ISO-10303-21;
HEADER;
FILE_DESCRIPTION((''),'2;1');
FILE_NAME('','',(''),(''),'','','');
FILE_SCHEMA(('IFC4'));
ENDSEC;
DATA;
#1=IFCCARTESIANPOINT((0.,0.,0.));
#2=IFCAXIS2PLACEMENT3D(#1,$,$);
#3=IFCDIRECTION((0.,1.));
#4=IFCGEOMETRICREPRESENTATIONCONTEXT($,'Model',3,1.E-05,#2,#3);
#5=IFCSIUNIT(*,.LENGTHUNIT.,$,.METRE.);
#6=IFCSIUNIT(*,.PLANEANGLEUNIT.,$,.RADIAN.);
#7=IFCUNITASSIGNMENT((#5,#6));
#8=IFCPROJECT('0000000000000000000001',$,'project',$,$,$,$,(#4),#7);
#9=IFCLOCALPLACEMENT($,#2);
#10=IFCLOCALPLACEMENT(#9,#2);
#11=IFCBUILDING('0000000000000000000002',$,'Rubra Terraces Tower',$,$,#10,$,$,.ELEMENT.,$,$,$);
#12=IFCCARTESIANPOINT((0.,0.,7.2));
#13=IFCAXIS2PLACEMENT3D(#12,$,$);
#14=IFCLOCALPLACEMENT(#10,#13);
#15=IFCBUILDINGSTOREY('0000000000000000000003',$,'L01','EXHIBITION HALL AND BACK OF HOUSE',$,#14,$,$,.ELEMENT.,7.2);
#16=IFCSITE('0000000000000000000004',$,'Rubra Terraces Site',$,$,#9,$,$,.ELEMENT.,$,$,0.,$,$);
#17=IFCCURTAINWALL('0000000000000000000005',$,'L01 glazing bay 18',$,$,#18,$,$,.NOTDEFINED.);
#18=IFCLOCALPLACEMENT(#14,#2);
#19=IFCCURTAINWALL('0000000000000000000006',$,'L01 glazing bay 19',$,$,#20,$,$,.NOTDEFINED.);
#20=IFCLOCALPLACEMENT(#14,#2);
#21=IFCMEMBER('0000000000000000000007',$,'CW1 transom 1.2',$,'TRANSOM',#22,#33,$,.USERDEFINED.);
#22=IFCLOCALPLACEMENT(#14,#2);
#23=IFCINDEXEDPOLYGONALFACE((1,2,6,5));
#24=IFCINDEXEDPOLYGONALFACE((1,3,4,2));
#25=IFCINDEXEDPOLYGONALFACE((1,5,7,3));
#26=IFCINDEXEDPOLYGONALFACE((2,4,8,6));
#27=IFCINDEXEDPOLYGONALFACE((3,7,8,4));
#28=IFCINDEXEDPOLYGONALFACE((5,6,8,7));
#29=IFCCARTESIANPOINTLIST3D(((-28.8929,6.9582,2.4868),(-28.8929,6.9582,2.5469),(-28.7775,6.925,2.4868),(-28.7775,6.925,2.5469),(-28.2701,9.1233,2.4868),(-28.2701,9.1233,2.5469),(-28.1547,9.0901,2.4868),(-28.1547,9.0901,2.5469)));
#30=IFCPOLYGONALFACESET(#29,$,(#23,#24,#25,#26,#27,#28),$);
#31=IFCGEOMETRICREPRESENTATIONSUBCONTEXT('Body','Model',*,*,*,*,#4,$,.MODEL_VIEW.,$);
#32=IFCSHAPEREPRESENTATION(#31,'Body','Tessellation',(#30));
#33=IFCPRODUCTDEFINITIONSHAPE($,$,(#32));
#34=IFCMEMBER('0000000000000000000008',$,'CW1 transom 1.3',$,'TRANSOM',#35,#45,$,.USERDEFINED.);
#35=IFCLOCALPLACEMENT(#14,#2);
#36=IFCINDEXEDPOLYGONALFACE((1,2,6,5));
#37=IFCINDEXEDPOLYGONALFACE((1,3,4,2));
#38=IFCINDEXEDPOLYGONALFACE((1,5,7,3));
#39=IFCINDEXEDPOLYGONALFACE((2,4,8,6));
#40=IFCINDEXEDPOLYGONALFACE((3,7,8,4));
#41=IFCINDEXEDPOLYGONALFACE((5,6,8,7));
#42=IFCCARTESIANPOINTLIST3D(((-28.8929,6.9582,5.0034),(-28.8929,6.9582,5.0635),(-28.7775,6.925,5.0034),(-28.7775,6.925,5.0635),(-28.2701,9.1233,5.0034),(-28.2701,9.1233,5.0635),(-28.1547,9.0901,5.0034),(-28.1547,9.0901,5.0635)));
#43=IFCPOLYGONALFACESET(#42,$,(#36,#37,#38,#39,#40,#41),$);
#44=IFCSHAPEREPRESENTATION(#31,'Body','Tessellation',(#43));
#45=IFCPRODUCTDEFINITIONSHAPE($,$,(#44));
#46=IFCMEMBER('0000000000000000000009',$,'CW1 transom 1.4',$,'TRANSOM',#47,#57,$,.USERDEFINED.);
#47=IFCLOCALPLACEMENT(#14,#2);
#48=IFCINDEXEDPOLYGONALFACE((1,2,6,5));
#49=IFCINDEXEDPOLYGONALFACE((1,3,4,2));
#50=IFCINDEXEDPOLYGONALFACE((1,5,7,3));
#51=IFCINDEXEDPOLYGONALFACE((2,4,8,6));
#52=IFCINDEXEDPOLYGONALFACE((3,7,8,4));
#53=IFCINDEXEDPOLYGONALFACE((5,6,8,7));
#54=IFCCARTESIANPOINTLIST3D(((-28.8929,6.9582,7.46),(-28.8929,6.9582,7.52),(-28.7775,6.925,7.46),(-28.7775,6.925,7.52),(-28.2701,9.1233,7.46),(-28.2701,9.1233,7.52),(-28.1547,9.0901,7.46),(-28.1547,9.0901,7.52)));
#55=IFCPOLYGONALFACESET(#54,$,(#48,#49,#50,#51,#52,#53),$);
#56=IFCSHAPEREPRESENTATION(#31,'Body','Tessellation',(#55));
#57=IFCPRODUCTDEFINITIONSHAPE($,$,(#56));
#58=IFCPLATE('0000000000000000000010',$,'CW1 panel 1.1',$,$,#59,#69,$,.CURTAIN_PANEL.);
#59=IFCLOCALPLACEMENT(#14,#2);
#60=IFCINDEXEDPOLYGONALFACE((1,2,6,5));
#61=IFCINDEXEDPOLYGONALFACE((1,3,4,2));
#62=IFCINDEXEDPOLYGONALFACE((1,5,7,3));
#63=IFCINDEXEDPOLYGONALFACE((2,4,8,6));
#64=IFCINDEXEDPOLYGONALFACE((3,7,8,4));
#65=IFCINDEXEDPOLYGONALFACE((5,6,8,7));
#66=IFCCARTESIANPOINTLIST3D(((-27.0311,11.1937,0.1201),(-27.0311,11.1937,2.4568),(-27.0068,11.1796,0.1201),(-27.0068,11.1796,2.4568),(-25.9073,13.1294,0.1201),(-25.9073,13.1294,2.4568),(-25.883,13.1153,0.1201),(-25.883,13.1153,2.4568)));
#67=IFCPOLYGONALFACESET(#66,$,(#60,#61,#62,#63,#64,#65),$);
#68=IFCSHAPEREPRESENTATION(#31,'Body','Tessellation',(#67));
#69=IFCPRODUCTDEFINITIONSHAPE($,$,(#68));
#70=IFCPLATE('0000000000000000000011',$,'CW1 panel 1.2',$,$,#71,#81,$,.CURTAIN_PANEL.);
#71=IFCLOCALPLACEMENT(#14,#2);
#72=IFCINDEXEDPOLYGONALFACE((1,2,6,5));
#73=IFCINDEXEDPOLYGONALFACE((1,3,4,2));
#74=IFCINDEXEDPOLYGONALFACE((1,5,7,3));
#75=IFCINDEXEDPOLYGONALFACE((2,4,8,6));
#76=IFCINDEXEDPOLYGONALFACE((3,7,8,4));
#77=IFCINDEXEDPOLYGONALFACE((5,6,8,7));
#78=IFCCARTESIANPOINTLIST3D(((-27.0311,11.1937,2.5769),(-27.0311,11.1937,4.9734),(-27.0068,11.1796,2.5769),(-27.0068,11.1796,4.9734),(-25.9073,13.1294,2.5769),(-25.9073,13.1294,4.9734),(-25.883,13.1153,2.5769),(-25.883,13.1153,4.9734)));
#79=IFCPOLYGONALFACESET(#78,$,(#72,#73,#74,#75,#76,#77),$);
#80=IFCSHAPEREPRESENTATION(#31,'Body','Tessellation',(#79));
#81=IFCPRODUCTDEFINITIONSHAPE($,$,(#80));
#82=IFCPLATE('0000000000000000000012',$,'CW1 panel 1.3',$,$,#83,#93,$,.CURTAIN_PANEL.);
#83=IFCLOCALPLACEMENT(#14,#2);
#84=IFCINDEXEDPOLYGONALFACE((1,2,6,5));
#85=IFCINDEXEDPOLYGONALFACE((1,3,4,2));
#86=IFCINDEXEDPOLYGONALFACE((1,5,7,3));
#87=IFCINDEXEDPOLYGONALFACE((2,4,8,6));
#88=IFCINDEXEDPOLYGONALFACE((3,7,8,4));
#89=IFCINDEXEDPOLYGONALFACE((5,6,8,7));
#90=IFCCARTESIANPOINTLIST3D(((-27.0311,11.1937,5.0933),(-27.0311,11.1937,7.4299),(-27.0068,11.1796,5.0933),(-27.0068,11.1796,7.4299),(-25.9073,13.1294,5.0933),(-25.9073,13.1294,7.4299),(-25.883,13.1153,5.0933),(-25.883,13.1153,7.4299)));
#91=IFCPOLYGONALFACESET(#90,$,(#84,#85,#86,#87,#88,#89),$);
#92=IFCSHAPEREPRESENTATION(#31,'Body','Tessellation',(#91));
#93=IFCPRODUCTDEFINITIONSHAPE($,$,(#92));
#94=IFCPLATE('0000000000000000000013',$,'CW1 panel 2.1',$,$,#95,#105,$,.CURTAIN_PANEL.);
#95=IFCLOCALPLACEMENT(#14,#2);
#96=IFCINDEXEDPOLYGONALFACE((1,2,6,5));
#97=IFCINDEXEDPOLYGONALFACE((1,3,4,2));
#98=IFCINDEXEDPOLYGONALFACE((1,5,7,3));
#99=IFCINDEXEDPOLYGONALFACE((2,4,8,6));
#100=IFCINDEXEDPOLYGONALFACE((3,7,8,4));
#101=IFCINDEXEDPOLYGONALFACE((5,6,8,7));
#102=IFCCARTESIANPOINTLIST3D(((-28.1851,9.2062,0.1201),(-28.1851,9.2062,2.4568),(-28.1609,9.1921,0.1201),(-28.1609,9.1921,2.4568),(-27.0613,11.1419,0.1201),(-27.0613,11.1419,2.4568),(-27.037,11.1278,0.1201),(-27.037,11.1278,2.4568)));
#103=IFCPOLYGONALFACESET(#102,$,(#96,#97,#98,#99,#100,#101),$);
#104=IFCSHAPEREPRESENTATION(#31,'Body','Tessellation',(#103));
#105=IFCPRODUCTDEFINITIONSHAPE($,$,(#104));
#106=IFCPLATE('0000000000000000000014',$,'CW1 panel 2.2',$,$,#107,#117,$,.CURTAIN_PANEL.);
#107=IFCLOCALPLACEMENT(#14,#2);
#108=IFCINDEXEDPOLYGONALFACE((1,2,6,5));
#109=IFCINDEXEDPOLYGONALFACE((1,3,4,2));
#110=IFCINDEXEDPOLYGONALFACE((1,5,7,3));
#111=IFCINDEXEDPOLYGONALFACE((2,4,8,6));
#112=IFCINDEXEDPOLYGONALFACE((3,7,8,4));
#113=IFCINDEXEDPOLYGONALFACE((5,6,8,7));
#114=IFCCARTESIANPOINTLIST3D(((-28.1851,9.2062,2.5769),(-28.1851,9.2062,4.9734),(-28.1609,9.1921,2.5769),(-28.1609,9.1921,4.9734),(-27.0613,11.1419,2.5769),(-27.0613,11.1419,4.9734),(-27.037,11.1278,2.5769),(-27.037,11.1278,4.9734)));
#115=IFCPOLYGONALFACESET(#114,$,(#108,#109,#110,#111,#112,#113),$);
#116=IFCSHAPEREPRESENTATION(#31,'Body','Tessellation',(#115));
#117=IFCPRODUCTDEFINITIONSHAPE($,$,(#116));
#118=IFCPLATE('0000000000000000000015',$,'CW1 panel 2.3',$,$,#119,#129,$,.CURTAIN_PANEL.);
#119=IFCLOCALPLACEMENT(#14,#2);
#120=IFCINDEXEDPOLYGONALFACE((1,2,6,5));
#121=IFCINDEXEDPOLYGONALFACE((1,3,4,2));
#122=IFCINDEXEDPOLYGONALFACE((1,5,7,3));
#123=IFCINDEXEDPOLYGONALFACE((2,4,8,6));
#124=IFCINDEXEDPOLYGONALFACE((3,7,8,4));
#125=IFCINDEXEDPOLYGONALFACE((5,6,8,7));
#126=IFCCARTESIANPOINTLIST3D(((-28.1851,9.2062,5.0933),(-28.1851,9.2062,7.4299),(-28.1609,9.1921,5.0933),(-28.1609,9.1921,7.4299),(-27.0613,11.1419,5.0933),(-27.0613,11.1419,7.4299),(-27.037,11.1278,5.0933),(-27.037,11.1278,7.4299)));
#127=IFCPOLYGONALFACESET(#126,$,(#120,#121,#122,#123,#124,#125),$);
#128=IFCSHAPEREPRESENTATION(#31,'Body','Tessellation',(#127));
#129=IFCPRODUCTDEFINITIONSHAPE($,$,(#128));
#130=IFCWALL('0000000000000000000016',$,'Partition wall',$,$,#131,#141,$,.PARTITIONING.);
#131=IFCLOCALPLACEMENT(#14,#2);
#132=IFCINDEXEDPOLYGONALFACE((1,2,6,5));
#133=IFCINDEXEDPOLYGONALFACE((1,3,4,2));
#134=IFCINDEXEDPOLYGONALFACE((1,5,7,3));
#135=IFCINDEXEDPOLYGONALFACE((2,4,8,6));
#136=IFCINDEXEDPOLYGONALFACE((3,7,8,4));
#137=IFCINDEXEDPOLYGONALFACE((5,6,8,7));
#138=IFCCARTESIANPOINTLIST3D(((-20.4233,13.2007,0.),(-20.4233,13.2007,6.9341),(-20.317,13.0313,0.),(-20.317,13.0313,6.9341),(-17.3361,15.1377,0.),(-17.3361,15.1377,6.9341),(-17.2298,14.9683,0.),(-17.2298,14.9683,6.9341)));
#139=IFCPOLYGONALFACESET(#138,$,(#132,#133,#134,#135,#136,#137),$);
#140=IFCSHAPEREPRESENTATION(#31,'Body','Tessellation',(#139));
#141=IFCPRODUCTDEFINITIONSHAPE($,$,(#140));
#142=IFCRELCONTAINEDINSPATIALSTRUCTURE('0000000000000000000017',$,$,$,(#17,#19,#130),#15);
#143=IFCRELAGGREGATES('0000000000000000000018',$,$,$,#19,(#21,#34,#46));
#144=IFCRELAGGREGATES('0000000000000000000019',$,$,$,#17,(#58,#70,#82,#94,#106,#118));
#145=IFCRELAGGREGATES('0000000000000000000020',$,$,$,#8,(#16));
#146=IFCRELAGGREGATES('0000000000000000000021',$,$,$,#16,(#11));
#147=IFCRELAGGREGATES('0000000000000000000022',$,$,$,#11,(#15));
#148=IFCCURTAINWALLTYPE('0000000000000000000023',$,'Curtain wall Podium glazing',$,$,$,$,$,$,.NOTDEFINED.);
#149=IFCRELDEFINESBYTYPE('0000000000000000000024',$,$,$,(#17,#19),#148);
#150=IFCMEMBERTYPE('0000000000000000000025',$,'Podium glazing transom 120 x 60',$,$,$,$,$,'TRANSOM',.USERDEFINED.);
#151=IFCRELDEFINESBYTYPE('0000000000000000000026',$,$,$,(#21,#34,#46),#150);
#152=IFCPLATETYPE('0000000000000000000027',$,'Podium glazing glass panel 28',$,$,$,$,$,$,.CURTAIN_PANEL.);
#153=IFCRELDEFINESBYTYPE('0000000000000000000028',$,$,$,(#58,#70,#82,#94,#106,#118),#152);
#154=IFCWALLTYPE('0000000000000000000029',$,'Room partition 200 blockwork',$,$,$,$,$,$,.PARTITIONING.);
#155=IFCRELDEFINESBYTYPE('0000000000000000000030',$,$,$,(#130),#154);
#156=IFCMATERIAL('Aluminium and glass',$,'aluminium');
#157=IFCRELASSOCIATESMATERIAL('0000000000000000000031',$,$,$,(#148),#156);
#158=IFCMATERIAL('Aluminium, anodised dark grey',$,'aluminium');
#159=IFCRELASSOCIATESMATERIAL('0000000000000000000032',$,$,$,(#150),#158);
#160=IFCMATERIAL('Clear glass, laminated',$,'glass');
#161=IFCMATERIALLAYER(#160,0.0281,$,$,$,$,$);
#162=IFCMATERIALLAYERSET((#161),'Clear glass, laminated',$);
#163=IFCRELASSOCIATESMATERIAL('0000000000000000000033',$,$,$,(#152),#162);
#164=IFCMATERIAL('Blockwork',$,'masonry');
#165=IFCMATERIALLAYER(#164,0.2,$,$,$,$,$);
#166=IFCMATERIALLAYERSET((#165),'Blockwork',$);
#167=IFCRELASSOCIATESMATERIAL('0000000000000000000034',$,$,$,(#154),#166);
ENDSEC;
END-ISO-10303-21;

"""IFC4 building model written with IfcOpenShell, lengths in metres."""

from ifc_helpers import new_model, si_unit, direction, frame, frame_2d, origin, origin_2d, place, context, subcontext, project, spatial, rectangle, extrude, material, layer, layer_set, material_profile, profile_set, type_object, element, aggregate, save


model = new_model("IFC4")

# Units and contexts
model_context = context("Model", 3, precision=1e-05, world=origin(), true_north=direction((0.0, 1.0)))
body_context = subcontext(model_context, "Body", "Model", "MODEL_VIEW")
ifc_project = project(units=[si_unit("LENGTHUNIT", "METRE"), si_unit("PLANEANGLEUNIT", "RADIAN")], contexts=[model_context])

# Site, building, storey
site_placement = place(None, origin())
site = spatial("IfcSite", under=ifc_project, at=site_placement, Name="Rubra Terraces Site", CompositionType="ELEMENT", RefElevation=0.0)
building_placement = place(site_placement, origin())
building = spatial("IfcBuilding", under=site, at=building_placement, Name="Rubra Terraces Tower", CompositionType="ELEMENT")
storey_placement = place(building_placement, frame((0.0, 0.0, 7.2)))
storey = spatial("IfcBuildingStorey", under=building, at=storey_placement, Name="L01", Description="EXHIBITION HALL AND BACK OF HOUSE", CompositionType="ELEMENT", Elevation=7.2)

# Curtain walls
ifc_material_1 = material(Name="Aluminium and glass", Category="aluminium")
curtain_wall_type = type_object("IfcCurtainWallType", Name="Curtain wall Podium glazing", PredefinedType="NOTDEFINED", material=ifc_material_1)
curtain_wall_1_placement = place(storey_placement, origin())
curtain_wall_1 = element("IfcCurtainWall", 1, at=curtain_wall_1_placement, inside=storey, type_object=curtain_wall_type, Name="L01 glazing bay 18", PredefinedType="NOTDEFINED")
ifc_material_2 = material(Name="Aluminium, anodised dark grey", Category="aluminium")
curtain_wall_2_placement = place(storey_placement, origin())
curtain_wall_2 = element("IfcCurtainWall", 2, at=curtain_wall_2_placement, inside=storey, type_object=curtain_wall_type, Name="L01 glazing bay 19", PredefinedType="NOTDEFINED")

# Members
ifc_material_profile_1 = material_profile(ifc_material_2, rectangle(XDim=0.1201, YDim=0.0601, at=origin_2d()), Name="AL 120x60")
ifc_profile_set_1 = profile_set([ifc_material_profile_1], Name="Aluminium, anodised dark grey")
member_type_1 = type_object("IfcMemberType", Name="Podium glazing transom 120 x 60", ElementType="TRANSOM", PredefinedType="USERDEFINED", material=ifc_profile_set_1)
member_1_placement = place(storey_placement, frame((-28.2124, 9.1067, 2.5168), z_axis=(-0.276453, -0.961028, 0.0), x_axis=(0.961028, -0.276453, 0.0)))
member_1 = element("IfcMember", 3, at=member_1_placement, type_object=member_type_1, Name="CW1 transom 1.2", ObjectType="TRANSOM", PredefinedType="USERDEFINED", context=body_context, shape_type="SweptSolid", body=[
    extrude(rectangle(XDim=0.1201, YDim=0.0601, at=origin_2d()), origin(), (0.0, 0.0, 1.0), 2.2529),
])
member_2_placement = place(storey_placement, frame((-28.2124, 9.1067, 5.0334), z_axis=(-0.276453, -0.961028, 0.0), x_axis=(0.961028, -0.276453, 0.0)))
member_2 = element("IfcMember", 4, at=member_2_placement, type_object=member_type_1, Name="CW1 transom 1.3", ObjectType="TRANSOM", PredefinedType="USERDEFINED", context=body_context, shape_type="SweptSolid", body=[
    extrude(rectangle(XDim=0.1201, YDim=0.0601, at=origin_2d()), origin(), (0.0, 0.0, 1.0), 2.2529),
])
member_3_placement = place(storey_placement, frame((-28.2124, 9.1067, 7.49), z_axis=(-0.276453, -0.961028, 0.0), x_axis=(0.961028, -0.276453, 0.0)))
member_3 = element("IfcMember", 5, at=member_3_placement, type_object=member_type_1, Name="CW1 transom 1.4", ObjectType="TRANSOM", PredefinedType="USERDEFINED", context=body_context, shape_type="SweptSolid", body=[
    extrude(rectangle(XDim=0.1201, YDim=0.0601, at=origin_2d()), origin(), (0.0, 0.0, 1.0), 2.2529),
])
aggregate(curtain_wall_2, [member_1, member_2, member_3])

# Plates
ifc_material_3 = material(Name="Clear glass, laminated", Category="glass")
ifc_layer_1 = layer(ifc_material_3, 0.0281)
ifc_layer_set_1 = layer_set([ifc_layer_1], Name="Clear glass, laminated")
plate_type = type_object("IfcPlateType", Name="Podium glazing glass panel 28", PredefinedType="CURTAIN_PANEL", material=ifc_layer_set_1)
plate_1_placement = place(storey_placement, frame((-26.457, 12.1545, 0.1201), z_axis=(0.0, 0.0, 1.0), x_axis=(-0.502094, -0.864813, 0.0)))
plate_1 = element("IfcPlate", 6, at=plate_1_placement, type_object=plate_type, Name="CW1 panel 1.1", PredefinedType="CURTAIN_PANEL", context=body_context, shape_type="SweptSolid", body=[
    extrude(rectangle(XDim=2.2383, YDim=0.0281, at=origin_2d()), origin(), (0.0, 0.0, 1.0), 2.3367),
])
plate_2_placement = place(storey_placement, frame((-26.457, 12.1545, 2.5769), z_axis=(0.0, 0.0, 1.0), x_axis=(-0.502094, -0.864813, 0.0)))
plate_2 = element("IfcPlate", 7, at=plate_2_placement, type_object=plate_type, Name="CW1 panel 1.2", PredefinedType="CURTAIN_PANEL", context=body_context, shape_type="SweptSolid", body=[
    extrude(rectangle(XDim=2.2383, YDim=0.0281, at=origin_2d()), origin(), (0.0, 0.0, 1.0), 2.3965),
])
plate_3_placement = place(storey_placement, frame((-26.457, 12.1545, 5.0933), z_axis=(0.0, 0.0, 1.0), x_axis=(-0.502094, -0.864813, 0.0)))
plate_3 = element("IfcPlate", 8, at=plate_3_placement, type_object=plate_type, Name="CW1 panel 1.3", PredefinedType="CURTAIN_PANEL", context=body_context, shape_type="SweptSolid", body=[
    extrude(rectangle(XDim=2.2383, YDim=0.0281, at=origin_2d()), origin(), (0.0, 0.0, 1.0), 2.3367),
])
plate_4_placement = place(storey_placement, frame((-27.6111, 10.167, 0.1201), z_axis=(0.0, 0.0, 1.0), x_axis=(-0.502094, -0.864813, 0.0)))
plate_4 = element("IfcPlate", 9, at=plate_4_placement, type_object=plate_type, Name="CW1 panel 2.1", PredefinedType="CURTAIN_PANEL", context=body_context, shape_type="SweptSolid", body=[
    extrude(rectangle(XDim=2.2383, YDim=0.0281, at=origin_2d()), origin(), (0.0, 0.0, 1.0), 2.3367),
])
plate_5_placement = place(storey_placement, frame((-27.6111, 10.167, 2.5769), z_axis=(0.0, 0.0, 1.0), x_axis=(-0.502094, -0.864813, 0.0)))
plate_5 = element("IfcPlate", 10, at=plate_5_placement, type_object=plate_type, Name="CW1 panel 2.2", PredefinedType="CURTAIN_PANEL", context=body_context, shape_type="SweptSolid", body=[
    extrude(rectangle(XDim=2.2383, YDim=0.0281, at=origin_2d()), origin(), (0.0, 0.0, 1.0), 2.3965),
])
plate_6_placement = place(storey_placement, frame((-27.6111, 10.167, 5.0933), z_axis=(0.0, 0.0, 1.0), x_axis=(-0.502094, -0.864813, 0.0)))
plate_6 = element("IfcPlate", 11, at=plate_6_placement, type_object=plate_type, Name="CW1 panel 2.3", PredefinedType="CURTAIN_PANEL", context=body_context, shape_type="SweptSolid", body=[
    extrude(rectangle(XDim=2.2383, YDim=0.0281, at=origin_2d()), origin(), (0.0, 0.0, 1.0), 2.3367),
])
aggregate(curtain_wall_1, [plate_1, plate_2, plate_3, plate_4, plate_5, plate_6])

# Wall
ifc_material_4 = material(Name="Blockwork", Category="masonry")
ifc_layer_2 = layer(ifc_material_4, 0.2)
ifc_layer_set_2 = layer_set([ifc_layer_2], Name="Blockwork")
wall_type = type_object("IfcWallType", Name="Room partition 200 blockwork", PredefinedType="PARTITIONING", material=ifc_layer_set_2)
wall_placement = place(storey_placement, frame((-20.3701, 13.116, 0.0), z_axis=(0.0, 0.0, 1.0), x_axis=(0.847067, 0.531485, 0.0)))
element("IfcWall", 12, at=wall_placement, inside=storey, type_object=wall_type, Name="Partition wall", PredefinedType="PARTITIONING", context=body_context, shape_type="SweptSolid", body=[
    extrude(rectangle(XDim=3.6445, YDim=0.2, at=frame_2d((1.8223, 0.0))), origin(), (0.0, 0.0, 1.0), 6.9341),
])

save(model, "model.ifc")
